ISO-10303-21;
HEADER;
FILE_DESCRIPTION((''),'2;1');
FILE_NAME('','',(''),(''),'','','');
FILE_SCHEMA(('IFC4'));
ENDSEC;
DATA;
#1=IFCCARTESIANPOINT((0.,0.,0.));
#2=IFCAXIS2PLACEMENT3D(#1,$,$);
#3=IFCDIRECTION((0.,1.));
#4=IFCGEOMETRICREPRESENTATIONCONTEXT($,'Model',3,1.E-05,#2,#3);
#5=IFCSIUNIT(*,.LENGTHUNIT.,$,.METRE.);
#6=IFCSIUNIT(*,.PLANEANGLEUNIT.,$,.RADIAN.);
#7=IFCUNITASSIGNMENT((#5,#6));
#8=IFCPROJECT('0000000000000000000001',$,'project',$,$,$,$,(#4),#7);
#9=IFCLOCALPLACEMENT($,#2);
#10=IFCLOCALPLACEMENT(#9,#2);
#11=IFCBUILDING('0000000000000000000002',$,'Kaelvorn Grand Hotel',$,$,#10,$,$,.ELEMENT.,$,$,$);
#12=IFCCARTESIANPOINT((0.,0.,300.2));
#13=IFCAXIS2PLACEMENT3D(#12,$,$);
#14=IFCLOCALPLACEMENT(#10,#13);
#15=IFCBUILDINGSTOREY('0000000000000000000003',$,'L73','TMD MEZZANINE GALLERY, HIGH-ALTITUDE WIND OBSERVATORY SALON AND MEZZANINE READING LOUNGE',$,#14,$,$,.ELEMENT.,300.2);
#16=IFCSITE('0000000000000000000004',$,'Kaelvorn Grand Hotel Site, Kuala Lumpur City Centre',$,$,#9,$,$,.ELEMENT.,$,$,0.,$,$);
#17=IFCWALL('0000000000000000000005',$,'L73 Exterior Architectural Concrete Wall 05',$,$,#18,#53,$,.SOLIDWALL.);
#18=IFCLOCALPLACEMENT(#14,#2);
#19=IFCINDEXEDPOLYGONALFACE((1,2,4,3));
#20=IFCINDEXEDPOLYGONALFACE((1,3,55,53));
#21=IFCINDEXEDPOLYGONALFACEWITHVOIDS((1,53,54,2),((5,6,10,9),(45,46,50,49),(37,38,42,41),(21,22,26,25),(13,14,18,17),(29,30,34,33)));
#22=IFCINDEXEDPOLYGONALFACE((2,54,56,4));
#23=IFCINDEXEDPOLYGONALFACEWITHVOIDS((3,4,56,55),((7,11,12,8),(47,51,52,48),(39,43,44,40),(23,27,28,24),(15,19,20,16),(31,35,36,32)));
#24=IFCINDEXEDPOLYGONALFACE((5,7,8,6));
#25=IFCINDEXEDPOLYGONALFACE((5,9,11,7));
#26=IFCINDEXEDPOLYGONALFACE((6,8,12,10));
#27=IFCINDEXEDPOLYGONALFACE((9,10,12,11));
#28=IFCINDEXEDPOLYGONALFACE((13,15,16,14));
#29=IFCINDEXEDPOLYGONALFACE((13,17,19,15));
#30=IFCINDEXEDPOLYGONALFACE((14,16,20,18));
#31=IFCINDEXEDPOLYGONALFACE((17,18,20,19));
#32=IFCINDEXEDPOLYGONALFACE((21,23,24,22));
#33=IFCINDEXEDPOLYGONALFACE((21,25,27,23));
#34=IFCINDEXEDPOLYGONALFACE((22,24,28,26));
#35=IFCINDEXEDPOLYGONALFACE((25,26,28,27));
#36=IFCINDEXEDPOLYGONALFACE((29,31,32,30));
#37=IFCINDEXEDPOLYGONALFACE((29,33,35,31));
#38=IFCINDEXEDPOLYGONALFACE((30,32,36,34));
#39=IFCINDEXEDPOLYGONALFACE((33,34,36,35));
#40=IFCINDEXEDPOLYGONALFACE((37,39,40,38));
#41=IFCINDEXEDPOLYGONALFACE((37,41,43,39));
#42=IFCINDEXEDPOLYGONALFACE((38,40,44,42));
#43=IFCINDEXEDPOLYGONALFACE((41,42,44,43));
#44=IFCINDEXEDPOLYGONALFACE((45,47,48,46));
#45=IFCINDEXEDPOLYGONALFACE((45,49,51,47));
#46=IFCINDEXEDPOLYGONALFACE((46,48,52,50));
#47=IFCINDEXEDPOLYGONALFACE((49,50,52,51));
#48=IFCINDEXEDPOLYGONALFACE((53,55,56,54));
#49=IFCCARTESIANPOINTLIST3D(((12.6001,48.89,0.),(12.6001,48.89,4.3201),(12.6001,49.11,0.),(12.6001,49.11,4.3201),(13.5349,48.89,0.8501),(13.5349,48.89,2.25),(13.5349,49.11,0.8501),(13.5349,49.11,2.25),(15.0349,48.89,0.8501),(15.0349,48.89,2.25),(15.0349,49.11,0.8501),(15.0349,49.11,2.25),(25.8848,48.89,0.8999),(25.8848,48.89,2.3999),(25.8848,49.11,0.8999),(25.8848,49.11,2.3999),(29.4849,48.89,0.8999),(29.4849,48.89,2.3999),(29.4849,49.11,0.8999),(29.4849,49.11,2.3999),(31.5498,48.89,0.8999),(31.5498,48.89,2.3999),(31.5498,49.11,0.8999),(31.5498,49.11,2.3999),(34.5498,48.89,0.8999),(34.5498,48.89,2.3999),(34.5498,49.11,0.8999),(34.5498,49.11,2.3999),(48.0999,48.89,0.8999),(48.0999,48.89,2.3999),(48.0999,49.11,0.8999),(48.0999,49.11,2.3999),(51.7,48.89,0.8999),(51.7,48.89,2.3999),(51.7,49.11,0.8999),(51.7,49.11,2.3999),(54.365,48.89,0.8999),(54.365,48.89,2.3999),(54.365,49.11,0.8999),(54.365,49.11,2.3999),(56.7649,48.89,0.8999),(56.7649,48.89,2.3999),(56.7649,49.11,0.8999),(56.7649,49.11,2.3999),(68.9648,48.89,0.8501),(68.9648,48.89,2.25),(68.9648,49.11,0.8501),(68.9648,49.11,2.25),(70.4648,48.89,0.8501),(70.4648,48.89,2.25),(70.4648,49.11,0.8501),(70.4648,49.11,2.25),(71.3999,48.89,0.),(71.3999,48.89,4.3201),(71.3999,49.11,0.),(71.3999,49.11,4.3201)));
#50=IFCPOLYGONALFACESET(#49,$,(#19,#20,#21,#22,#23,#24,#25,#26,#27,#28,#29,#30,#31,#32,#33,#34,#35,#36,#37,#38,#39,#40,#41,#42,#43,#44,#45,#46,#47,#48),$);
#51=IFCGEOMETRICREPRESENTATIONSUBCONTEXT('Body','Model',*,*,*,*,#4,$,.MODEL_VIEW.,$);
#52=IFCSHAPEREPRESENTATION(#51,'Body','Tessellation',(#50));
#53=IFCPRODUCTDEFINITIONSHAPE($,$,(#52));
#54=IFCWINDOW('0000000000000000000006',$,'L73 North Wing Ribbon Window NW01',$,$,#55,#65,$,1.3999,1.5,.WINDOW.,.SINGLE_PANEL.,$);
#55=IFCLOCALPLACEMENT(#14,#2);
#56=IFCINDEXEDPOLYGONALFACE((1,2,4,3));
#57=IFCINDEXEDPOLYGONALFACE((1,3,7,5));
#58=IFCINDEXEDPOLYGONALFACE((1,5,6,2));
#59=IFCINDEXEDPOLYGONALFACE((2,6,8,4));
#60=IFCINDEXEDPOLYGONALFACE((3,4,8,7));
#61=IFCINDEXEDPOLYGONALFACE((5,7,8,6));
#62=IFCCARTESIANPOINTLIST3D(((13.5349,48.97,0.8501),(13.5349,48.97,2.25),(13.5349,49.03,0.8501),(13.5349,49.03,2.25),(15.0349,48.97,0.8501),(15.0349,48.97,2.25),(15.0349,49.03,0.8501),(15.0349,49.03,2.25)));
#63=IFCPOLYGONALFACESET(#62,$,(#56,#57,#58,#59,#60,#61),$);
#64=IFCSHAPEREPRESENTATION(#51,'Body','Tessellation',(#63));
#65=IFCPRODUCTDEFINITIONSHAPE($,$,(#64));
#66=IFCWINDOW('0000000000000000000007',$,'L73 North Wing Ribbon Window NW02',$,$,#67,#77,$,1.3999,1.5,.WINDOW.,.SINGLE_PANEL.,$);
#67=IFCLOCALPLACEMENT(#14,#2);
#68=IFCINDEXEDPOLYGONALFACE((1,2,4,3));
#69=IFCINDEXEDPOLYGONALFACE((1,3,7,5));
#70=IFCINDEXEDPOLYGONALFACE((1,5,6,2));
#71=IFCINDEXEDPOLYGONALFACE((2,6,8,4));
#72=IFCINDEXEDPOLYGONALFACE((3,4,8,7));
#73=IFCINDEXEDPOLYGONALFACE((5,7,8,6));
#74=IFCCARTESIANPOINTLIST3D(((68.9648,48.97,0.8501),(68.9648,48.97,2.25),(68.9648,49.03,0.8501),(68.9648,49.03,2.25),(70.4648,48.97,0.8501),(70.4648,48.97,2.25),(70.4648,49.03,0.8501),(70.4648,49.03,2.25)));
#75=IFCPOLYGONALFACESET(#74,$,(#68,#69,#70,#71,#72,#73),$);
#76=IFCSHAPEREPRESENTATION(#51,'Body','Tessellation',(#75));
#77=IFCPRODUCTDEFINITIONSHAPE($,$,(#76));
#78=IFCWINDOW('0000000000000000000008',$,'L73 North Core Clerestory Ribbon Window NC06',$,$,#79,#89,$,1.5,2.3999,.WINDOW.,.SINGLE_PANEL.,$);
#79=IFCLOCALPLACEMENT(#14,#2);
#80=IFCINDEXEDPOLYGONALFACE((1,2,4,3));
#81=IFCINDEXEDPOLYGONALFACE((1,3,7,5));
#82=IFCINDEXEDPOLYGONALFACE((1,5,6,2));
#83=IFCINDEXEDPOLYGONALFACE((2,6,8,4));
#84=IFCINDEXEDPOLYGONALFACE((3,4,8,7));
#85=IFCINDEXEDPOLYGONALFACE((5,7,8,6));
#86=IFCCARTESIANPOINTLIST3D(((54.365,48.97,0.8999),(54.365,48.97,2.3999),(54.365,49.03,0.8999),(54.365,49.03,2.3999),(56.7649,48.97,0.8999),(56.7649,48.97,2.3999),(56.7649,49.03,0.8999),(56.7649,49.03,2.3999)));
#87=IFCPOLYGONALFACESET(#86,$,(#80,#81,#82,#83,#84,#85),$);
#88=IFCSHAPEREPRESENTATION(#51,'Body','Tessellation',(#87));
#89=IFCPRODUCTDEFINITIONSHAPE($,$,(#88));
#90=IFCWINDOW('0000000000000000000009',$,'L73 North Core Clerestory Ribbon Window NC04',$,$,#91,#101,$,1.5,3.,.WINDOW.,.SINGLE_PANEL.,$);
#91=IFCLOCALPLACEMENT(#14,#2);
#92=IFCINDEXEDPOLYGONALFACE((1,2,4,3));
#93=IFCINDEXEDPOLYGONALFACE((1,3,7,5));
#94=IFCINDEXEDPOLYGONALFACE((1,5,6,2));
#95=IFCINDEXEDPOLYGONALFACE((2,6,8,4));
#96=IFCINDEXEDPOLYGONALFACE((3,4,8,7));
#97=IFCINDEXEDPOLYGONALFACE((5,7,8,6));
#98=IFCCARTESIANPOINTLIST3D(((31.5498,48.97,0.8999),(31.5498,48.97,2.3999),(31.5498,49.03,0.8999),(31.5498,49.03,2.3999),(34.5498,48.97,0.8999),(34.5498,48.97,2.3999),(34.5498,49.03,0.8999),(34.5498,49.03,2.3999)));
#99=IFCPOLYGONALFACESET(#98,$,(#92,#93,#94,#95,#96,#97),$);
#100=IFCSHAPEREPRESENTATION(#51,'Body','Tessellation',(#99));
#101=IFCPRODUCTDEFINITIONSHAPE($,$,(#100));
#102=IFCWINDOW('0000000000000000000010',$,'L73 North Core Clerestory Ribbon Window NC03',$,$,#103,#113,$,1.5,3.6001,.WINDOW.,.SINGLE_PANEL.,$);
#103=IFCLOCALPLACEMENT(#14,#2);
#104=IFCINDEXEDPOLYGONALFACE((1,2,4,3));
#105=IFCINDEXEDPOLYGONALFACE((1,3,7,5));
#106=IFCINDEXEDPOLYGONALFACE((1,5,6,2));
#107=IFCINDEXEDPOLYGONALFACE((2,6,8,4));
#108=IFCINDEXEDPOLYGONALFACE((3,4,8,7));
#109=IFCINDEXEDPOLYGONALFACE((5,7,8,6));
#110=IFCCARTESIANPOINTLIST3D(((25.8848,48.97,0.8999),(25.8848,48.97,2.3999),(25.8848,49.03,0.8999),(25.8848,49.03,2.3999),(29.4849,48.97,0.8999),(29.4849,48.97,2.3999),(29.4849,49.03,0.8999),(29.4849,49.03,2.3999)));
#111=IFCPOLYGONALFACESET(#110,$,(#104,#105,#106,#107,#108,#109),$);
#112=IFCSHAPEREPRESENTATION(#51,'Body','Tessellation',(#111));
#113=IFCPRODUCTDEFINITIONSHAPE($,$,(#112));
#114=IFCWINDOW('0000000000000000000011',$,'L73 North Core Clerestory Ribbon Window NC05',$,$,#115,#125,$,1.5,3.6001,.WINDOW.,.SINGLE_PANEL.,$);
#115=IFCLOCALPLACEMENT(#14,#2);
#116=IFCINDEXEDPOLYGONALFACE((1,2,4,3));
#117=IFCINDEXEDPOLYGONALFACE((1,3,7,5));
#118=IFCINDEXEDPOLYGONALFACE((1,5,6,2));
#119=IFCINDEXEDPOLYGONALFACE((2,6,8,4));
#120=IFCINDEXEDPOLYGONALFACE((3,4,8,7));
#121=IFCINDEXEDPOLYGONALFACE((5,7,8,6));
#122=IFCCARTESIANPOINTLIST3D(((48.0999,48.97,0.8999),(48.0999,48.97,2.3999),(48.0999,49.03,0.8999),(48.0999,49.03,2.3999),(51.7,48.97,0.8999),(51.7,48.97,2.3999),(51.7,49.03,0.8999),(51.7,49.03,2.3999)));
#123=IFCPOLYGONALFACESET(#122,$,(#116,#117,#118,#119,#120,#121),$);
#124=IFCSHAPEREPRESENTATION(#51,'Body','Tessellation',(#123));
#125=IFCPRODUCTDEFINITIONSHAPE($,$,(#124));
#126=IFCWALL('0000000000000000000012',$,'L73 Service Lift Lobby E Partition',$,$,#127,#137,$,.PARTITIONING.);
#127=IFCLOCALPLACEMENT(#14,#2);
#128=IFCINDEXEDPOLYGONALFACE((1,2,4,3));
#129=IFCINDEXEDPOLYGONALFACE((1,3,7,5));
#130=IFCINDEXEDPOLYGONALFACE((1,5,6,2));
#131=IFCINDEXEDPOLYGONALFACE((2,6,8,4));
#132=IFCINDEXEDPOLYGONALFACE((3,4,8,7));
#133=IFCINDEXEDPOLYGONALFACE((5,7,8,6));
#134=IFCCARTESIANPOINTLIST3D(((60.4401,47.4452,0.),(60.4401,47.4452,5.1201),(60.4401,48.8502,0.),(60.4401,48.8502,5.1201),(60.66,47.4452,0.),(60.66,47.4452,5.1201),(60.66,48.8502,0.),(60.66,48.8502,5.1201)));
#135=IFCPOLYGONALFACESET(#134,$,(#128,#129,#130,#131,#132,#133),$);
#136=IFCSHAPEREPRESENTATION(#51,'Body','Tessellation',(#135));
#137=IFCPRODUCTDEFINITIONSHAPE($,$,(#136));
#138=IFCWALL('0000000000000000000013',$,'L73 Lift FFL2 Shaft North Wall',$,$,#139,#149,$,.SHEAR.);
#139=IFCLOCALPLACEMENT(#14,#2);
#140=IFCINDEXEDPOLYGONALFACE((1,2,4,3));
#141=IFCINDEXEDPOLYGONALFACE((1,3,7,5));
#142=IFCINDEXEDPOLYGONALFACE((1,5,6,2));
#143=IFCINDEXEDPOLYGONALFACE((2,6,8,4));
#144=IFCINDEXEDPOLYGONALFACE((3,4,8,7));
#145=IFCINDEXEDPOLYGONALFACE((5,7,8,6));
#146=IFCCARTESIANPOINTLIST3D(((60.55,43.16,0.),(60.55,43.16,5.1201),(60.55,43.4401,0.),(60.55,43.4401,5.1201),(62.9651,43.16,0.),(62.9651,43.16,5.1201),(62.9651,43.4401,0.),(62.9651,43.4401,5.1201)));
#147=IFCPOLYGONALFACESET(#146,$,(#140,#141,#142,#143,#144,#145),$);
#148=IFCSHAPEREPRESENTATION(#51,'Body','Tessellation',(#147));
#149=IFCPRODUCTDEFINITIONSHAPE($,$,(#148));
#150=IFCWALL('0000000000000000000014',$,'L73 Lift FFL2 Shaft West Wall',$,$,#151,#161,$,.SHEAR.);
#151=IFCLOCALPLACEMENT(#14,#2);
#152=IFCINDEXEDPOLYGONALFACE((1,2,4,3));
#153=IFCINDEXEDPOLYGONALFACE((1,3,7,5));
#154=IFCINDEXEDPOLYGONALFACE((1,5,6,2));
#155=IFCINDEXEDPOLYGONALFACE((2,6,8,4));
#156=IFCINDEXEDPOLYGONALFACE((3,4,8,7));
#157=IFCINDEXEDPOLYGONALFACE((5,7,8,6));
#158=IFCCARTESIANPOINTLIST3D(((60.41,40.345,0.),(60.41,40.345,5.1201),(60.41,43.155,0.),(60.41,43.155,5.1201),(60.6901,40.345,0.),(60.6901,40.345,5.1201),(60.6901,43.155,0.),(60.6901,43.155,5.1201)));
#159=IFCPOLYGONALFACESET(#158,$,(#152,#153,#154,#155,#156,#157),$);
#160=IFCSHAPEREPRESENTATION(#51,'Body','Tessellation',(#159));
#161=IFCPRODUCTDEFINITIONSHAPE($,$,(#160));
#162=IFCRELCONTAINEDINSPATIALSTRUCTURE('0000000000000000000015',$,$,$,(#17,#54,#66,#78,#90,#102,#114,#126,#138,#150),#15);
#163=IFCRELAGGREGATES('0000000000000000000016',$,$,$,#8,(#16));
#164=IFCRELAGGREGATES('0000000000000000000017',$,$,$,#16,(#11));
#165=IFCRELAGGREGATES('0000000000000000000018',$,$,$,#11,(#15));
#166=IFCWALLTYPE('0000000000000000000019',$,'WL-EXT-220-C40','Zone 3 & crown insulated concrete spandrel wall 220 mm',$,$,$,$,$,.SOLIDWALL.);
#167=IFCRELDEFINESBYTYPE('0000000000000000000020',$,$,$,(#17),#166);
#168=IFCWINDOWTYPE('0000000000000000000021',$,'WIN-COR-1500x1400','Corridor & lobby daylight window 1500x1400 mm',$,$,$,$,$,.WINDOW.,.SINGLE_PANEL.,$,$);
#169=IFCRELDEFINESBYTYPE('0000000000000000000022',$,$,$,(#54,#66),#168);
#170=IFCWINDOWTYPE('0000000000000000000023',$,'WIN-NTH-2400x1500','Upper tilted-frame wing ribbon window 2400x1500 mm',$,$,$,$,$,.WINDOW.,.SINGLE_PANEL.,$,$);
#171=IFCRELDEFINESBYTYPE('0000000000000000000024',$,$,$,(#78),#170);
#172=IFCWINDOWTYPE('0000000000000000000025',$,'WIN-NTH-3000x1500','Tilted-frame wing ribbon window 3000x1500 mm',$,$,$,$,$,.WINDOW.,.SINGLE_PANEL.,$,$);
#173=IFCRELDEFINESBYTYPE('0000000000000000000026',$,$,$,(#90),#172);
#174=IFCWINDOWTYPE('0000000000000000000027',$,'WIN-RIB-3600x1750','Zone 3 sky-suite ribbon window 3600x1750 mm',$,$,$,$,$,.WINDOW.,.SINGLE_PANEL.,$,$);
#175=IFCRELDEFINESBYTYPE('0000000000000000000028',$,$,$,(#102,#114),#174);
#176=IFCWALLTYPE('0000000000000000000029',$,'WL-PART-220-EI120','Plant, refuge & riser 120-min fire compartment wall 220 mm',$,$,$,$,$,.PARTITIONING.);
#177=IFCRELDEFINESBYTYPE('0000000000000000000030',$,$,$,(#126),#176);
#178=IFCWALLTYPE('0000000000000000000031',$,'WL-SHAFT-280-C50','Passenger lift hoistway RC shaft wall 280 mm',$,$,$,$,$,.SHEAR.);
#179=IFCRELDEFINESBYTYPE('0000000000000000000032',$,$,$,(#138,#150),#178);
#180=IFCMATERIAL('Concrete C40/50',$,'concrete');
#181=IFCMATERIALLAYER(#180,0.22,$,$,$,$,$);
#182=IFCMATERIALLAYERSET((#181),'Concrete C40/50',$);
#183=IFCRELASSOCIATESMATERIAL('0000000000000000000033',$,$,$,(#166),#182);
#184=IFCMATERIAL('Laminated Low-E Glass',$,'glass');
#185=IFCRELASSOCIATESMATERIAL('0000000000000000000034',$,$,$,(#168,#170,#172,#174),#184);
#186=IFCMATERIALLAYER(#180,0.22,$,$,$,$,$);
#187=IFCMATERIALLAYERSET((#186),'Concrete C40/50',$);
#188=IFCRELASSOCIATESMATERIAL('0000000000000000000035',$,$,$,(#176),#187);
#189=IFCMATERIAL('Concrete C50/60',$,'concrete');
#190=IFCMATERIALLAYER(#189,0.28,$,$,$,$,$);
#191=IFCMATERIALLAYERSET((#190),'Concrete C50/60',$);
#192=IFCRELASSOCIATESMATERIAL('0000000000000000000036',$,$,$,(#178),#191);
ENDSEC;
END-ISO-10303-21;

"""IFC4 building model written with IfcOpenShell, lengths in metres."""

from ifc_helpers import new_model, si_unit, direction, frame, frame_2d, origin, place, context, subcontext, project, spatial, rectangle, extrude, material, layer, layer_set, type_object, element, fill, save


model = new_model("IFC4")

# Units and contexts
model_context = context("Model", 3, precision=1e-05, world=origin(), true_north=direction((0.0, 1.0)))
body_context = subcontext(model_context, "Body", "Model", "MODEL_VIEW")
ifc_project = project(units=[si_unit("LENGTHUNIT", "METRE"), si_unit("PLANEANGLEUNIT", "RADIAN")], contexts=[model_context])

# Site, building, storey
site_placement = place(None, origin())
site = spatial("IfcSite", under=ifc_project, at=site_placement, Name="Kaelvorn Grand Hotel Site, Kuala Lumpur City Centre", CompositionType="ELEMENT", RefElevation=0.0)
building_placement = place(site_placement, origin())
building = spatial("IfcBuilding", under=site, at=building_placement, Name="Kaelvorn Grand Hotel", CompositionType="ELEMENT")
storey_placement = place(building_placement, frame((0.0, 0.0, 300.2)))
storey = spatial("IfcBuildingStorey", under=building, at=storey_placement, Name="L73", Description="TMD MEZZANINE GALLERY, HIGH-ALTITUDE WIND OBSERVATORY SALON AND MEZZANINE READING LOUNGE", CompositionType="ELEMENT", Elevation=300.2)

# Shared definitions
ifc_material_1 = material(Name="Concrete C50/60", Category="concrete")

# Wall, openings, windows
ifc_material_2 = material(Name="Concrete C40/50", Category="concrete")
ifc_layer_1 = layer(ifc_material_2, 0.22)
ifc_layer_set_1 = layer_set([ifc_layer_1], Name="Concrete C40/50")
wall_type_1 = type_object("IfcWallType", Name="WL-EXT-220-C40", Description="Zone 3 & crown insulated concrete spandrel wall 220 mm", PredefinedType="SOLIDWALL", material=ifc_layer_set_1)
wall_1_placement = place(storey_placement, frame((71.3999, 49.0, 0.0), z_axis=(0.0, 0.0, 1.0), x_axis=(-1.0, 0.0, 0.0)))
wall_1 = element("IfcWall", 1, at=wall_1_placement, inside=storey, type_object=wall_type_1, Name="L73 Exterior Architectural Concrete Wall 05", PredefinedType="SOLIDWALL", context=body_context, shape_type="SweptSolid", body=[
    extrude(rectangle(XDim=58.7998, YDim=0.22, at=frame_2d((29.3999, 0.0))), origin(), (0.0, 0.0, 1.0), 4.3201),
])
opening_1_placement = place(wall_1_placement, frame((56.365, 0.0, 0.8501)))
opening_1 = element("IfcOpeningElement", 2, at=opening_1_placement, cuts=wall_1, PredefinedType="OPENING", context=body_context, shape_type="SweptSolid", body=[
    extrude(rectangle(XDim=1.5, YDim=1.3999, at=frame_2d((0.75, 0.7))), frame((0.0, 0.1201, 0.0), z_axis=(0.0, -1.0, 0.0), x_axis=(1.0, 0.0, 0.0)), (0.0, 0.0, 1.0), 0.24),
])
opening_2_placement = place(wall_1_placement, frame((0.9351, 0.0, 0.8501)))
opening_2 = element("IfcOpeningElement", 3, at=opening_2_placement, cuts=wall_1, PredefinedType="OPENING", context=body_context, shape_type="SweptSolid", body=[
    extrude(rectangle(XDim=1.5, YDim=1.3999, at=frame_2d((0.75, 0.7))), frame((0.0, 0.1201, 0.0), z_axis=(0.0, -1.0, 0.0), x_axis=(1.0, 0.0, 0.0)), (0.0, 0.0, 1.0), 0.24),
])
opening_3_placement = place(wall_1_placement, frame((41.915, 0.0, 0.8999)))
opening_3 = element("IfcOpeningElement", 4, at=opening_3_placement, cuts=wall_1, PredefinedType="OPENING", context=body_context, shape_type="SweptSolid", body=[
    extrude(rectangle(XDim=3.6001, YDim=1.5, at=frame_2d((1.8, 0.75))), frame((0.0, 0.1201, 0.0), z_axis=(0.0, -1.0, 0.0), x_axis=(1.0, 0.0, 0.0)), (0.0, 0.0, 1.0), 0.24),
])
opening_4_placement = place(wall_1_placement, frame((36.8501, 0.0, 0.8999)))
opening_4 = element("IfcOpeningElement", 5, at=opening_4_placement, cuts=wall_1, PredefinedType="OPENING", context=body_context, shape_type="SweptSolid", body=[
    extrude(rectangle(XDim=3.0, YDim=1.5, at=frame_2d((1.5, 0.75))), frame((0.0, 0.1201, 0.0), z_axis=(0.0, -1.0, 0.0), x_axis=(1.0, 0.0, 0.0)), (0.0, 0.0, 1.0), 0.24),
])
opening_5_placement = place(wall_1_placement, frame((19.7, 0.0, 0.8999)))
opening_5 = element("IfcOpeningElement", 6, at=opening_5_placement, cuts=wall_1, PredefinedType="OPENING", context=body_context, shape_type="SweptSolid", body=[
    extrude(rectangle(XDim=3.6001, YDim=1.5, at=frame_2d((1.8, 0.75))), frame((0.0, 0.1201, 0.0), z_axis=(0.0, -1.0, 0.0), x_axis=(1.0, 0.0, 0.0)), (0.0, 0.0, 1.0), 0.24),
])
opening_6_placement = place(wall_1_placement, frame((14.635, 0.0, 0.8999)))
opening_6 = element("IfcOpeningElement", 7, at=opening_6_placement, cuts=wall_1, PredefinedType="OPENING", context=body_context, shape_type="SweptSolid", body=[
    extrude(rectangle(XDim=2.3999, YDim=1.5, at=frame_2d((1.2, 0.75))), frame((0.0, 0.1201, 0.0), z_axis=(0.0, -1.0, 0.0), x_axis=(1.0, 0.0, 0.0)), (0.0, 0.0, 1.0), 0.24),
])
ifc_material_3 = material(Name="Laminated Low-E Glass", Category="glass")
window_type_1 = type_object("IfcWindowType", Name="WIN-COR-1500x1400", Description="Corridor & lobby daylight window 1500x1400 mm", PartitioningType="SINGLE_PANEL", PredefinedType="WINDOW", material=ifc_material_3)
window_1_placement = place(opening_1_placement, origin())
window_1 = element("IfcWindow", 8, at=window_1_placement, inside=storey, type_object=window_type_1, Name="L73 North Wing Ribbon Window NW01", OverallHeight=1.3999, OverallWidth=1.5, PartitioningType="SINGLE_PANEL", PredefinedType="WINDOW", context=body_context, shape_type="SweptSolid", body=[
    extrude(rectangle(XDim=1.5, YDim=1.3999, at=frame_2d((0.75, 0.7))), frame((0.0, 0.03, 0.0), z_axis=(0.0, -1.0, 0.0), x_axis=(1.0, 0.0, 0.0)), (0.0, 0.0, 1.0), 0.0601),
])
fill(opening_1, window_1)
window_2_placement = place(opening_2_placement, origin())
window_2 = element("IfcWindow", 9, at=window_2_placement, inside=storey, type_object=window_type_1, Name="L73 North Wing Ribbon Window NW02", OverallHeight=1.3999, OverallWidth=1.5, PartitioningType="SINGLE_PANEL", PredefinedType="WINDOW", context=body_context, shape_type="SweptSolid", body=[
    extrude(rectangle(XDim=1.5, YDim=1.3999, at=frame_2d((0.75, 0.7))), frame((0.0, 0.03, 0.0), z_axis=(0.0, -1.0, 0.0), x_axis=(1.0, 0.0, 0.0)), (0.0, 0.0, 1.0), 0.0601),
])
fill(opening_2, window_2)
window_type_2 = type_object("IfcWindowType", Name="WIN-NTH-2400x1500", Description="Upper tilted-frame wing ribbon window 2400x1500 mm", PartitioningType="SINGLE_PANEL", PredefinedType="WINDOW", material=ifc_material_3)
window_3_placement = place(opening_6_placement, origin())
window_3 = element("IfcWindow", 10, at=window_3_placement, inside=storey, type_object=window_type_2, Name="L73 North Core Clerestory Ribbon Window NC06", OverallHeight=1.5, OverallWidth=2.3999, PartitioningType="SINGLE_PANEL", PredefinedType="WINDOW", context=body_context, shape_type="SweptSolid", body=[
    extrude(rectangle(XDim=2.3999, YDim=1.5, at=frame_2d((1.2, 0.75))), frame((0.0, 0.03, 0.0), z_axis=(0.0, -1.0, 0.0), x_axis=(1.0, 0.0, 0.0)), (0.0, 0.0, 1.0), 0.0601),
])
fill(opening_6, window_3)
window_type_3 = type_object("IfcWindowType", Name="WIN-NTH-3000x1500", Description="Tilted-frame wing ribbon window 3000x1500 mm", PartitioningType="SINGLE_PANEL", PredefinedType="WINDOW", material=ifc_material_3)
window_4_placement = place(opening_4_placement, origin())
window_4 = element("IfcWindow", 11, at=window_4_placement, inside=storey, type_object=window_type_3, Name="L73 North Core Clerestory Ribbon Window NC04", OverallHeight=1.5, OverallWidth=3.0, PartitioningType="SINGLE_PANEL", PredefinedType="WINDOW", context=body_context, shape_type="SweptSolid", body=[
    extrude(rectangle(XDim=3.0, YDim=1.5, at=frame_2d((1.5, 0.75))), frame((0.0, 0.03, 0.0), z_axis=(0.0, -1.0, 0.0), x_axis=(1.0, 0.0, 0.0)), (0.0, 0.0, 1.0), 0.0601),
])
fill(opening_4, window_4)
window_type_4 = type_object("IfcWindowType", Name="WIN-RIB-3600x1750", Description="Zone 3 sky-suite ribbon window 3600x1750 mm", PartitioningType="SINGLE_PANEL", PredefinedType="WINDOW", material=ifc_material_3)
window_5_placement = place(opening_3_placement, origin())
window_5 = element("IfcWindow", 12, at=window_5_placement, inside=storey, type_object=window_type_4, Name="L73 North Core Clerestory Ribbon Window NC03", OverallHeight=1.5, OverallWidth=3.6001, PartitioningType="SINGLE_PANEL", PredefinedType="WINDOW", context=body_context, shape_type="SweptSolid", body=[
    extrude(rectangle(XDim=3.6001, YDim=1.5, at=frame_2d((1.8, 0.75))), frame((0.0, 0.03, 0.0), z_axis=(0.0, -1.0, 0.0), x_axis=(1.0, 0.0, 0.0)), (0.0, 0.0, 1.0), 0.0601),
])
fill(opening_3, window_5)
window_6_placement = place(opening_5_placement, origin())
window_6 = element("IfcWindow", 13, at=window_6_placement, inside=storey, type_object=window_type_4, Name="L73 North Core Clerestory Ribbon Window NC05", OverallHeight=1.5, OverallWidth=3.6001, PartitioningType="SINGLE_PANEL", PredefinedType="WINDOW", context=body_context, shape_type="SweptSolid", body=[
    extrude(rectangle(XDim=3.6001, YDim=1.5, at=frame_2d((1.8, 0.75))), frame((0.0, 0.03, 0.0), z_axis=(0.0, -1.0, 0.0), x_axis=(1.0, 0.0, 0.0)), (0.0, 0.0, 1.0), 0.0601),
])
fill(opening_5, window_6)

# Walls
ifc_layer_2 = layer(ifc_material_2, 0.22)
ifc_layer_set_2 = layer_set([ifc_layer_2], Name="Concrete C40/50")
wall_type_2 = type_object("IfcWallType", Name="WL-PART-220-EI120", Description="Plant, refuge & riser 120-min fire compartment wall 220 mm", PredefinedType="PARTITIONING", material=ifc_layer_set_2)
wall_2_placement = place(storey_placement, frame((60.55, 47.4451, 0.0), z_axis=(0.0, 0.0, 1.0), x_axis=(0.0, 1.0, 0.0)))
element("IfcWall", 14, at=wall_2_placement, inside=storey, type_object=wall_type_2, Name="L73 Service Lift Lobby E Partition", PredefinedType="PARTITIONING", context=body_context, shape_type="SweptSolid", body=[
    extrude(rectangle(XDim=1.405, YDim=0.22, at=frame_2d((0.7026, 0.0))), origin(), (0.0, 0.0, 1.0), 5.1201),
])
ifc_layer_3 = layer(ifc_material_1, 0.28)
ifc_layer_set_3 = layer_set([ifc_layer_3], Name="Concrete C50/60")
wall_type_3 = type_object("IfcWallType", Name="WL-SHAFT-280-C50", Description="Passenger lift hoistway RC shaft wall 280 mm", PredefinedType="SHEAR", material=ifc_layer_set_3)
wall_3_placement = place(storey_placement, frame((60.55, 43.3, 0.0), z_axis=(0.0, 0.0, 1.0), x_axis=(1.0, 0.0, 0.0)))
element("IfcWall", 15, at=wall_3_placement, inside=storey, type_object=wall_type_3, Name="L73 Lift FFL2 Shaft North Wall", PredefinedType="SHEAR", context=body_context, shape_type="SweptSolid", body=[
    extrude(rectangle(XDim=2.415, YDim=0.28, at=frame_2d((1.2075, 0.0))), origin(), (0.0, 0.0, 1.0), 5.1201),
])
wall_4_placement = place(storey_placement, frame((60.55, 40.345, 0.0), z_axis=(0.0, 0.0, 1.0), x_axis=(0.0, 1.0, 0.0)))
element("IfcWall", 16, at=wall_4_placement, inside=storey, type_object=wall_type_3, Name="L73 Lift FFL2 Shaft West Wall", PredefinedType="SHEAR", context=body_context, shape_type="SweptSolid", body=[
    extrude(rectangle(XDim=2.8101, YDim=0.28, at=frame_2d((1.405, 0.0))), origin(), (0.0, 0.0, 1.0), 5.1201),
])

save(model, "model.ifc")
